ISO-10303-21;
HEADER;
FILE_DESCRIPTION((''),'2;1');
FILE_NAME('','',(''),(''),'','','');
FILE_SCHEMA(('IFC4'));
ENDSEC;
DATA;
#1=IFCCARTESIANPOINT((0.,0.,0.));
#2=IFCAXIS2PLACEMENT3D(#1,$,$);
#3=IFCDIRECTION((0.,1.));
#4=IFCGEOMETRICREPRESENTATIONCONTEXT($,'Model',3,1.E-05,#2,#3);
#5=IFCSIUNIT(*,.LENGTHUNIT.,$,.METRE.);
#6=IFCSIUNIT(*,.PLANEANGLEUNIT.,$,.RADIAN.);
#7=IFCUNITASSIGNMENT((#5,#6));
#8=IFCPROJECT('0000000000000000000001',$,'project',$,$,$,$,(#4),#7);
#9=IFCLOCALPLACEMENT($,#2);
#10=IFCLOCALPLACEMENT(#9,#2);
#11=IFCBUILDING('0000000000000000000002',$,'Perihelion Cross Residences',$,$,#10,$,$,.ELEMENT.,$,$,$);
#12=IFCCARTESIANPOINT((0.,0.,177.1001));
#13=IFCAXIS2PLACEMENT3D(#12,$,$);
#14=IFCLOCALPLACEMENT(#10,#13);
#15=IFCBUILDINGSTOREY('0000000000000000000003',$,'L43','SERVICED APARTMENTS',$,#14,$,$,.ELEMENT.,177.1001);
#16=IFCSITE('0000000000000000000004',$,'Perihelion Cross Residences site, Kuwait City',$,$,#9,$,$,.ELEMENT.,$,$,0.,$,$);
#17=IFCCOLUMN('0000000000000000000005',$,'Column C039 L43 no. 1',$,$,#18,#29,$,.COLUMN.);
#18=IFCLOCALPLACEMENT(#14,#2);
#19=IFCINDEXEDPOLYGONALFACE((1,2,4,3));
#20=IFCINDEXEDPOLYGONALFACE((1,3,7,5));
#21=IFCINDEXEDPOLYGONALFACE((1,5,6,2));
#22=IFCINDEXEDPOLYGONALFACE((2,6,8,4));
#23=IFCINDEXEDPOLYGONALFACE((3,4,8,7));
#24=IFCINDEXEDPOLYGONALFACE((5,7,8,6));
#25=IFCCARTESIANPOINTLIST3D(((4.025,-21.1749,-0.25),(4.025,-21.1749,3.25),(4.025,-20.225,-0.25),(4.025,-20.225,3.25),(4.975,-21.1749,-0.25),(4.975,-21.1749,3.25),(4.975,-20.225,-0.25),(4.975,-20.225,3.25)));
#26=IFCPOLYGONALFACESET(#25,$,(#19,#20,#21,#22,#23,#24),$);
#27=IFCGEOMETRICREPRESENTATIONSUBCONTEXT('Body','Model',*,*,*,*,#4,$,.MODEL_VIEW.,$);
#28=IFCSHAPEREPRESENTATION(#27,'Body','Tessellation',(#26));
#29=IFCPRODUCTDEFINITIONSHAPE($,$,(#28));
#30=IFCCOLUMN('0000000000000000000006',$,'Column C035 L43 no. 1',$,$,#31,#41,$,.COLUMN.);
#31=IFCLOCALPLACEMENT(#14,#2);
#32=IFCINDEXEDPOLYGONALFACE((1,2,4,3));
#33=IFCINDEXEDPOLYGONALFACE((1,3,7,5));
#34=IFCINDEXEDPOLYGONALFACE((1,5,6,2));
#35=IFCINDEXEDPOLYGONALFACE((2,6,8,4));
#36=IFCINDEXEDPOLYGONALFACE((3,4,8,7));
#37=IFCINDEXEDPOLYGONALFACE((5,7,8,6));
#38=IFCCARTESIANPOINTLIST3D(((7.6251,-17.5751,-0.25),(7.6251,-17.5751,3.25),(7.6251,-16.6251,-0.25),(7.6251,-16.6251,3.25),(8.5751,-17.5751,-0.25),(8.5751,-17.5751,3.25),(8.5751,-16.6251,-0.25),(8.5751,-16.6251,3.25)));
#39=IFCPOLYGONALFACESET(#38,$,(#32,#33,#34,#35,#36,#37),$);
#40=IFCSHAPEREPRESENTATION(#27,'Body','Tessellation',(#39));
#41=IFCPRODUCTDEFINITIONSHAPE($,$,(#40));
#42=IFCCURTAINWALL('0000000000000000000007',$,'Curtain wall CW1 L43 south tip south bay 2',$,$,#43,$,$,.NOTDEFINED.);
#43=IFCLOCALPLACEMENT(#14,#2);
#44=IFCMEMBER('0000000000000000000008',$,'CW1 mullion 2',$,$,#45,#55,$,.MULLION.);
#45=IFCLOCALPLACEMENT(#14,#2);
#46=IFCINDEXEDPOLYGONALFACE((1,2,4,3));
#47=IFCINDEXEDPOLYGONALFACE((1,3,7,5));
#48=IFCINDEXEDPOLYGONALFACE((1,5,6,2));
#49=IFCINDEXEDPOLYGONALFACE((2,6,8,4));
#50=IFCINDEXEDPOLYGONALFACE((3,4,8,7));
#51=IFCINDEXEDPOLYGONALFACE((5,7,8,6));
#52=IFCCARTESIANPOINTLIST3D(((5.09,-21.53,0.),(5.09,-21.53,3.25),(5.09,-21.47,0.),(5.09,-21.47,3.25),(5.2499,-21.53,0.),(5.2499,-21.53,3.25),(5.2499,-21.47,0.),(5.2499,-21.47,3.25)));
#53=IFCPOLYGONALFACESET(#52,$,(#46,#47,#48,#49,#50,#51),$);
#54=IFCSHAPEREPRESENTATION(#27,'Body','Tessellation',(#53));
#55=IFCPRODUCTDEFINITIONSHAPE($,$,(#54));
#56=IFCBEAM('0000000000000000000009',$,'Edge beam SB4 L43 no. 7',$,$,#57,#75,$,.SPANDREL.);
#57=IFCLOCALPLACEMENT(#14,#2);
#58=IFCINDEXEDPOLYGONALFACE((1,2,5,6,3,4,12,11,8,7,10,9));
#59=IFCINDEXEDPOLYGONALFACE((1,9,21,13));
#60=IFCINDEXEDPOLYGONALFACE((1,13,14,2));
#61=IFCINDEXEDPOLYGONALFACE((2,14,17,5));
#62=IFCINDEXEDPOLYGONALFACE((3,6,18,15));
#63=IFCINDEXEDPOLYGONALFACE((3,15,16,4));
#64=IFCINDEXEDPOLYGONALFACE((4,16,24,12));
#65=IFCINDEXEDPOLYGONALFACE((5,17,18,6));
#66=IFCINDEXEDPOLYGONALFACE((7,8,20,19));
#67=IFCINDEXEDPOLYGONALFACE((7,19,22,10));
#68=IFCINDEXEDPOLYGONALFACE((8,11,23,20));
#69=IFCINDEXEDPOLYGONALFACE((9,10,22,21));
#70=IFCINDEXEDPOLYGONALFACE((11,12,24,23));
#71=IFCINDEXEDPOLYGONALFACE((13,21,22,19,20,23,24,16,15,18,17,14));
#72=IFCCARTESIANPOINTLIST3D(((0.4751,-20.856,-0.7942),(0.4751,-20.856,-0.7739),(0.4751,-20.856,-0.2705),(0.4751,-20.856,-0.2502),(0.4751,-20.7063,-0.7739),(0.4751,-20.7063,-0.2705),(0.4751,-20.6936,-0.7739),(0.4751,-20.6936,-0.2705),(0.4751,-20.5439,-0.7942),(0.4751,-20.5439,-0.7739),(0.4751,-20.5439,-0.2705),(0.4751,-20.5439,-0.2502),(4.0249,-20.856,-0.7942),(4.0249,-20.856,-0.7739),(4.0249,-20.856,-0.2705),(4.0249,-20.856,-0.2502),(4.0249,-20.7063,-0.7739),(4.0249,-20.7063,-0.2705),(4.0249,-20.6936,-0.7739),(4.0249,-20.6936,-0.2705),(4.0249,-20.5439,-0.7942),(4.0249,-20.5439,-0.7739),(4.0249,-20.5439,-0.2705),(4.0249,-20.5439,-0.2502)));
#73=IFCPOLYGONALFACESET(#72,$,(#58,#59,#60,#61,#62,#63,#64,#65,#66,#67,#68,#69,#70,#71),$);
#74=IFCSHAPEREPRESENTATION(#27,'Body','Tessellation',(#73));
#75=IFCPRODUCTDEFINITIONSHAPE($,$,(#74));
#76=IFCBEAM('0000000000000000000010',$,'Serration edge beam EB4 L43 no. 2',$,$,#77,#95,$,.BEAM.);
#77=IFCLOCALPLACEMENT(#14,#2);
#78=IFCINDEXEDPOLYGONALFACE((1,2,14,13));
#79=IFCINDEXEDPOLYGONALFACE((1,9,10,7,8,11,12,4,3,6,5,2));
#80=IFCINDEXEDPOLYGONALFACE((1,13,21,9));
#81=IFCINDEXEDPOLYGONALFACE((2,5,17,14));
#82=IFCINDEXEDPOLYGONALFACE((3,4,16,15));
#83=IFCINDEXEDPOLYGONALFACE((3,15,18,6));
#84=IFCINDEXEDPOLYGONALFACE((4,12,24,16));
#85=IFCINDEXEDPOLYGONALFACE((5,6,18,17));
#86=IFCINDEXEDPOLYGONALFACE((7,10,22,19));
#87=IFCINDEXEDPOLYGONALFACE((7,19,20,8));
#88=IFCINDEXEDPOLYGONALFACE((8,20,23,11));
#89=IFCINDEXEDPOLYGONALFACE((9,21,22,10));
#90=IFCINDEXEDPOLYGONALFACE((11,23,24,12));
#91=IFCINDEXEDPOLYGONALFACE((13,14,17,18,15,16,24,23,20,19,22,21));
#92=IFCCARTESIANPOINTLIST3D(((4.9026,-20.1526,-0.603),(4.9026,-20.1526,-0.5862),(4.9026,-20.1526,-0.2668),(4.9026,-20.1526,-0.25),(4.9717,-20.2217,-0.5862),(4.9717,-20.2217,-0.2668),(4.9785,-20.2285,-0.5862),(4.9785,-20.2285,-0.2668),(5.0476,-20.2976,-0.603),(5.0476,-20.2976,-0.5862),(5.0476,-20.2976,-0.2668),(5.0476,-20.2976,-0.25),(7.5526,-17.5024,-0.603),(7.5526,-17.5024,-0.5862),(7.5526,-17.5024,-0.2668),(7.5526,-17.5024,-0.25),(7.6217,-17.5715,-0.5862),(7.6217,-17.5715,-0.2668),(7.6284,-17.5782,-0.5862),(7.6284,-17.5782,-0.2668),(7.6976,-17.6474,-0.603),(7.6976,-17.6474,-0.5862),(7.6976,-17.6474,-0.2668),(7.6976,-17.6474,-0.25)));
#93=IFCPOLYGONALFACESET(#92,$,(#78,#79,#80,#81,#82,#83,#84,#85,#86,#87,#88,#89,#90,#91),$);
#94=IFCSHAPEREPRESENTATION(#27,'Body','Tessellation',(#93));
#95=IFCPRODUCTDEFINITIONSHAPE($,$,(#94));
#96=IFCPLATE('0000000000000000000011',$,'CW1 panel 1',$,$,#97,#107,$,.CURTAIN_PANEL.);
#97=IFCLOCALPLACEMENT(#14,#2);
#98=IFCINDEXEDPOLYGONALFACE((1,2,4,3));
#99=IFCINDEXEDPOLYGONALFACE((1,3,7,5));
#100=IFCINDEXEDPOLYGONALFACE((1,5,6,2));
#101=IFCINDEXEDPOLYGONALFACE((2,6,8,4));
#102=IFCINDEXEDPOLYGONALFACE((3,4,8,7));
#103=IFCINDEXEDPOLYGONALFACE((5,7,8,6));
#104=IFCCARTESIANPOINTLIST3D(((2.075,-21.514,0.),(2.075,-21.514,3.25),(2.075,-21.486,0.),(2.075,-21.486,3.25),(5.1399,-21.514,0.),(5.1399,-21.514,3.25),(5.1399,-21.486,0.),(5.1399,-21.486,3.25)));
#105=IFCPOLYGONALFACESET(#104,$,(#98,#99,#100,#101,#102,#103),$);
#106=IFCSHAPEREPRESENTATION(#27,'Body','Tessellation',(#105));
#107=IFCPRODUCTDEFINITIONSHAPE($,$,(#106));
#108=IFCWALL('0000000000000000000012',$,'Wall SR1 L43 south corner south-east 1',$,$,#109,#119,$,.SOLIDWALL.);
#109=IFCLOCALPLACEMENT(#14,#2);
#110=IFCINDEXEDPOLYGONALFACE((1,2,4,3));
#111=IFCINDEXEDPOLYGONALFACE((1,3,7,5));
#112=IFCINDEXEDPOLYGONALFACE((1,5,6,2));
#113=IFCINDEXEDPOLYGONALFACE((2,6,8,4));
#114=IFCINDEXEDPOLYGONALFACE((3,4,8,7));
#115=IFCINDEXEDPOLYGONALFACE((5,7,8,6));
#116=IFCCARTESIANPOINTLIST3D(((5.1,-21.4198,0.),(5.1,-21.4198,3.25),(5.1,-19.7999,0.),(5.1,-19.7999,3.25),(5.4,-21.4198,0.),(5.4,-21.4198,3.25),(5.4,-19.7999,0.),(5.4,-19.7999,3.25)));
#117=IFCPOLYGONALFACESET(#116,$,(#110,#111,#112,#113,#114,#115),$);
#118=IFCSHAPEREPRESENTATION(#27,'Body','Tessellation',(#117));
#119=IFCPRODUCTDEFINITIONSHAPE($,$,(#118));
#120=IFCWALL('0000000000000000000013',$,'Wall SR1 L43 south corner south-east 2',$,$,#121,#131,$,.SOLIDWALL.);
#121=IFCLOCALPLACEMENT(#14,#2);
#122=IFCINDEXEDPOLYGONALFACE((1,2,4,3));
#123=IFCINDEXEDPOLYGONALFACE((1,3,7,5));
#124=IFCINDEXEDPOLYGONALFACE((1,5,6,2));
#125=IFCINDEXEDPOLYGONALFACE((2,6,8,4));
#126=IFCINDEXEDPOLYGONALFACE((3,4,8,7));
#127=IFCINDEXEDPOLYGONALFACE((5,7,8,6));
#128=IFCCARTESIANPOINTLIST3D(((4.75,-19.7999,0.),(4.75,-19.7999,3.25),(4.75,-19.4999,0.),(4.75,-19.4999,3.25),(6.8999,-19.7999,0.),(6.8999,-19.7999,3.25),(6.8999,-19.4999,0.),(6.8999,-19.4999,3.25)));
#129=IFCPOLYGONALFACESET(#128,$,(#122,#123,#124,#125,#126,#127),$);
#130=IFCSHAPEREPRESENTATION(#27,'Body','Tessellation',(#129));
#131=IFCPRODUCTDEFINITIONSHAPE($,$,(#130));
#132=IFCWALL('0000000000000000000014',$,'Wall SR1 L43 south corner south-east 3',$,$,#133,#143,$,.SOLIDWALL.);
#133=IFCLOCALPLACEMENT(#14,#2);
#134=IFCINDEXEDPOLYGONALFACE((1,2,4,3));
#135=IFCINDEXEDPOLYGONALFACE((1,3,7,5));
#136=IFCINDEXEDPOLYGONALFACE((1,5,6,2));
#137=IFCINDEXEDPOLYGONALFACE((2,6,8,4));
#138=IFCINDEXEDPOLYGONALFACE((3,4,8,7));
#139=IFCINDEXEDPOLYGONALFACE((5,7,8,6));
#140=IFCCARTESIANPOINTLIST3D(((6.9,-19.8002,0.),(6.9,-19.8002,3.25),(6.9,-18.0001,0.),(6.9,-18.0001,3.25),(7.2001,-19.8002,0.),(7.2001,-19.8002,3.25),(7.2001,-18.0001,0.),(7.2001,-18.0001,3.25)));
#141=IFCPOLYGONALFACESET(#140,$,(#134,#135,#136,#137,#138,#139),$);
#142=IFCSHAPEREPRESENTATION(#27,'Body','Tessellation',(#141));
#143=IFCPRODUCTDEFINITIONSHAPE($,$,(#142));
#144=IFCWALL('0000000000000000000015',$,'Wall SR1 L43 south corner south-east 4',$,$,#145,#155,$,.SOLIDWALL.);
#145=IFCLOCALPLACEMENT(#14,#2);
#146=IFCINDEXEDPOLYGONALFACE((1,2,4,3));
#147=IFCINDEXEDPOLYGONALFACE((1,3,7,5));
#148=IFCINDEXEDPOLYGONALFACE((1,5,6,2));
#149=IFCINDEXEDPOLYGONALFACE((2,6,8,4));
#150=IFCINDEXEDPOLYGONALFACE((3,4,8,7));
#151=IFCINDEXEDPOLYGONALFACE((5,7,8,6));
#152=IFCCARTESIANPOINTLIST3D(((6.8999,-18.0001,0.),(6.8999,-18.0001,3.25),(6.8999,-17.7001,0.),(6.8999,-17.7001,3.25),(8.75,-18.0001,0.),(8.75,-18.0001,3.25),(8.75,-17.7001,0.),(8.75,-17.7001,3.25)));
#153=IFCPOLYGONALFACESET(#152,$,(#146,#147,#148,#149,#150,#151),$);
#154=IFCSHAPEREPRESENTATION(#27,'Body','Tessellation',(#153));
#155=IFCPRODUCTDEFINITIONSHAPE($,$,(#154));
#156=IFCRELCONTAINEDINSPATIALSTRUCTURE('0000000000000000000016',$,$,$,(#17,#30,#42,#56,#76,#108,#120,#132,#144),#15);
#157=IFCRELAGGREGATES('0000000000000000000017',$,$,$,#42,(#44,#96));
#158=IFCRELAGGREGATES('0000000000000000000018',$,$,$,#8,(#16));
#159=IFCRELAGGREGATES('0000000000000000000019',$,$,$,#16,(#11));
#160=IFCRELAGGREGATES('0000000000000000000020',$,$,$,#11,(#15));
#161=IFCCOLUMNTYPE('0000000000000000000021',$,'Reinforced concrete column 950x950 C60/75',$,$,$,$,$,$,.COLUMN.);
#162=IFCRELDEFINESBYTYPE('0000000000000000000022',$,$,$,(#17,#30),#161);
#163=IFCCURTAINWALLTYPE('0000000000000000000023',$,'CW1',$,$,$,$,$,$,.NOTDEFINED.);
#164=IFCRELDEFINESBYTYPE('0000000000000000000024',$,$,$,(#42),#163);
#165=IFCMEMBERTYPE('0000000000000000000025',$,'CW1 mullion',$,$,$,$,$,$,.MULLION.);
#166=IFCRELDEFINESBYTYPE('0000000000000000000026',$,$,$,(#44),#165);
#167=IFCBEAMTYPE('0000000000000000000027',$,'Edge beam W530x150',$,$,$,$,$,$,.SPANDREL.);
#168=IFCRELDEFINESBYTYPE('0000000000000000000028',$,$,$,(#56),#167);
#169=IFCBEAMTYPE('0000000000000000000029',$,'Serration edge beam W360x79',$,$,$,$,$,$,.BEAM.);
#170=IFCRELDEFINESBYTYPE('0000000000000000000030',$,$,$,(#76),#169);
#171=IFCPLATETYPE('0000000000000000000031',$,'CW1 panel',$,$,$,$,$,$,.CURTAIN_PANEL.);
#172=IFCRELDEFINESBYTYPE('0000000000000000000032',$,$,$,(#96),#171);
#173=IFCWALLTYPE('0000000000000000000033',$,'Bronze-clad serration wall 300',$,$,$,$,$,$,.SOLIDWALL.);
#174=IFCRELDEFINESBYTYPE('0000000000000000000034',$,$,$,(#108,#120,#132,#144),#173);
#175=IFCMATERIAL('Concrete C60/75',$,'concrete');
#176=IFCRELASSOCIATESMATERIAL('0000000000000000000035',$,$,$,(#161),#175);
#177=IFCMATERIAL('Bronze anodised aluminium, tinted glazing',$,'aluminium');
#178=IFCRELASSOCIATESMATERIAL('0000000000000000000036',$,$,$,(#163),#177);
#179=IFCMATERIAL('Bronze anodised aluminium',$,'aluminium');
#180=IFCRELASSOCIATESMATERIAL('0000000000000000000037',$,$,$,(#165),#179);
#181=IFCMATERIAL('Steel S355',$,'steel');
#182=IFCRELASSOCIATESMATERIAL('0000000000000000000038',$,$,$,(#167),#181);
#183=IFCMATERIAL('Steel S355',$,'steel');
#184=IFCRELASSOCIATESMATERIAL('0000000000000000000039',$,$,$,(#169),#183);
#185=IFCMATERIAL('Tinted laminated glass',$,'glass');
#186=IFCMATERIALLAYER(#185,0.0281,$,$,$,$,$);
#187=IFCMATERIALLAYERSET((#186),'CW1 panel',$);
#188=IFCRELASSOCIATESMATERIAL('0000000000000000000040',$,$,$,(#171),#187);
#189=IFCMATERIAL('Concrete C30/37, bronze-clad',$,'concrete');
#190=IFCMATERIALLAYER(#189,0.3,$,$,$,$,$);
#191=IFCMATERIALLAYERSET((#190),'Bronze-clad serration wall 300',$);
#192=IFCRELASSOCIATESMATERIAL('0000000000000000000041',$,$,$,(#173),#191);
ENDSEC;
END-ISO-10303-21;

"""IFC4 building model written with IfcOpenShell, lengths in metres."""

from ifc_helpers import new_model, si_unit, direction, frame, frame_2d, origin, origin_2d, place, context, subcontext, project, spatial, rectangle, i_section, extrude, material, layer, layer_set, material_profile, profile_set, type_object, element, aggregate, save


model = new_model("IFC4")

# Units and contexts
model_context = context("Model", 3, precision=1e-05, world=origin(), true_north=direction((0.0, 1.0)))
body_context = subcontext(model_context, "Body", "Model", "MODEL_VIEW")
ifc_project = project(units=[si_unit("LENGTHUNIT", "METRE"), si_unit("PLANEANGLEUNIT", "RADIAN")], contexts=[model_context])

# Site, building, storey
site_placement = place(None, origin())
site = spatial("IfcSite", under=ifc_project, at=site_placement, Name="Perihelion Cross Residences site, Kuwait City", CompositionType="ELEMENT", RefElevation=0.0)
building_placement = place(site_placement, origin())
building = spatial("IfcBuilding", under=site, at=building_placement, Name="Perihelion Cross Residences", CompositionType="ELEMENT")
storey_placement = place(building_placement, frame((0.0, 0.0, 177.1001)))
storey = spatial("IfcBuildingStorey", under=building, at=storey_placement, Name="L43", Description="SERVICED APARTMENTS", CompositionType="ELEMENT", Elevation=177.1001)

# Columns
ifc_material_1 = material(Name="Concrete C60/75", Category="concrete")
ifc_material_profile_1 = material_profile(ifc_material_1, rectangle(XDim=0.95, YDim=0.95, at=origin_2d()), Name="RC 950x950")
ifc_profile_set_1 = profile_set([ifc_material_profile_1], Name="Concrete C60/75")
column_type = type_object("IfcColumnType", Name="Reinforced concrete column 950x950 C60/75", PredefinedType="COLUMN", material=ifc_profile_set_1)
for number, where, z_axis, x_axis, name in (
    (1, (4.5, -20.7, -0.25), (0.0, 0.0, 1.0), (1.0, 0.0, 0.0), "Column C039 L43 no. 1"),
    (2, (8.1001, -17.1001, -0.25), (0.0, 0.0, 1.0), (1.0, 0.0, 0.0), "Column C035 L43 no. 1"),
):
    element("IfcColumn", number, at=place(storey_placement, frame(where, z_axis=z_axis, x_axis=x_axis)), inside=storey, type_object=column_type, Name=name, PredefinedType="COLUMN", context=body_context, shape_type="SweptSolid", body=[
        extrude(rectangle(XDim=0.95, YDim=0.95, at=origin_2d()), origin(), (0.0, 0.0, 1.0), 3.5),
    ])

# Curtain wall, member
ifc_material_2 = material(Name="Bronze anodised aluminium, tinted glazing", Category="aluminium")
curtain_wall_type = type_object("IfcCurtainWallType", Name="CW1", PredefinedType="NOTDEFINED", material=ifc_material_2)
curtain_wall_placement = place(storey_placement, origin())
curtain_wall = element("IfcCurtainWall", 3, at=curtain_wall_placement, inside=storey, type_object=curtain_wall_type, Name="Curtain wall CW1 L43 south tip south bay 2", PredefinedType="NOTDEFINED")
ifc_material_3 = material(Name="Bronze anodised aluminium", Category="aluminium")
ifc_material_profile_2 = material_profile(ifc_material_3, rectangle(XDim=0.0601, YDim=0.1599, at=origin_2d()), Name="CW1 mullion")
ifc_profile_set_2 = profile_set([ifc_material_profile_2], Name="Bronze anodised aluminium")
member_type = type_object("IfcMemberType", Name="CW1 mullion", PredefinedType="MULLION", material=ifc_profile_set_2)
member_placement = place(storey_placement, frame((5.1699, -21.5, 0.0), z_axis=(0.0, 0.0, 1.0), x_axis=(0.0, 1.0, 0.0)))
member = element("IfcMember", 4, at=member_placement, type_object=member_type, Name="CW1 mullion 2", PredefinedType="MULLION", context=body_context, shape_type="SweptSolid", body=[
    extrude(rectangle(XDim=0.0601, YDim=0.1599, at=origin_2d()), origin(), (0.0, 0.0, 1.0), 3.25),
])

# Beams
ifc_material_4 = material(Name="Steel S355", Category="steel")
ifc_material_profile_3 = material_profile(ifc_material_4, i_section(OverallWidth=0.312, OverallDepth=0.5439, WebThickness=0.0127, FlangeThickness=0.0203, at=origin_2d()), Name="W530x150")
ifc_profile_set_3 = profile_set([ifc_material_profile_3], Name="Steel S355")
beam_type_1 = type_object("IfcBeamType", Name="Edge beam W530x150", PredefinedType="SPANDREL", material=ifc_profile_set_3)
beam_1_placement = place(storey_placement, frame((0.4751, -20.7, -0.5222), z_axis=(1.0, 0.0, 0.0), x_axis=(0.0, 1.0, 0.0)))
element("IfcBeam", 5, at=beam_1_placement, inside=storey, type_object=beam_type_1, Name="Edge beam SB4 L43 no. 7", PredefinedType="SPANDREL", context=body_context, shape_type="SweptSolid", body=[
    extrude(i_section(OverallWidth=0.312, OverallDepth=0.5439, WebThickness=0.0127, FlangeThickness=0.0203, at=origin_2d()), origin(), (0.0, 0.0, 1.0), 3.5498),
])
ifc_material_5 = material(Name="Steel S355", Category="steel")
ifc_material_profile_4 = material_profile(ifc_material_5, i_section(OverallWidth=0.2051, OverallDepth=0.353, WebThickness=0.0095, FlangeThickness=0.0168, at=origin_2d()), Name="W360x79")
ifc_profile_set_4 = profile_set([ifc_material_profile_4], Name="Steel S355")
beam_type_2 = type_object("IfcBeamType", Name="Serration edge beam W360x79", PredefinedType="BEAM", material=ifc_profile_set_4)
beam_2_placement = place(storey_placement, frame((4.9751, -20.2251, -0.4265), z_axis=(0.707074, 0.707139, 0.0), x_axis=(-0.707139, 0.707074, 0.0)))
element("IfcBeam", 6, at=beam_2_placement, inside=storey, type_object=beam_type_2, Name="Serration edge beam EB4 L43 no. 2", PredefinedType="BEAM", context=body_context, shape_type="SweptSolid", body=[
    extrude(i_section(OverallWidth=0.2051, OverallDepth=0.353, WebThickness=0.0095, FlangeThickness=0.0168, at=origin_2d()), origin(), (0.0, 0.0, 1.0), 3.7478),
])

# Plate
ifc_material_6 = material(Name="Tinted laminated glass", Category="glass")
ifc_layer_1 = layer(ifc_material_6, 0.0281)
ifc_layer_set_1 = layer_set([ifc_layer_1], Name="CW1 panel")
plate_type = type_object("IfcPlateType", Name="CW1 panel", PredefinedType="CURTAIN_PANEL", material=ifc_layer_set_1)
plate_placement = place(storey_placement, frame((3.6074, -21.5, 0.0), z_axis=(0.0, 0.0, 1.0), x_axis=(1.0, 0.0, 0.0)))
plate = element("IfcPlate", 7, at=plate_placement, type_object=plate_type, Name="CW1 panel 1", PredefinedType="CURTAIN_PANEL", context=body_context, shape_type="SweptSolid", body=[
    extrude(rectangle(XDim=3.0649, YDim=0.0281, at=origin_2d()), origin(), (0.0, 0.0, 1.0), 3.25),
])
aggregate(curtain_wall, [member, plate])

# Walls
ifc_material_7 = material(Name="Concrete C30/37, bronze-clad", Category="concrete")
ifc_layer_2 = layer(ifc_material_7, 0.3)
ifc_layer_set_2 = layer_set([ifc_layer_2], Name="Bronze-clad serration wall 300")
wall_type_1 = type_object("IfcWallType", Name="Bronze-clad serration wall 300", PredefinedType="SOLIDWALL", material=ifc_layer_set_2)
wall_1_placement = place(storey_placement, frame((5.25, -21.4199, 0.0), z_axis=(0.0, 0.0, 1.0), x_axis=(0.0, 1.0, 0.0)))
element("IfcWall", 8, at=wall_1_placement, inside=storey, type_object=wall_type_1, Name="Wall SR1 L43 south corner south-east 1", PredefinedType="SOLIDWALL", context=body_context, shape_type="SweptSolid", body=[
    extrude(rectangle(XDim=1.6199, YDim=0.3, at=frame_2d((0.8101, 0.0))), origin(), (0.0, 0.0, 1.0), 3.25),
])
wall_2_placement = place(storey_placement, frame((4.75, -19.6499, 0.0), z_axis=(0.0, 0.0, 1.0), x_axis=(1.0, 0.0, 0.0)))
element("IfcWall", 9, at=wall_2_placement, inside=storey, type_object=wall_type_1, Name="Wall SR1 L43 south corner south-east 2", PredefinedType="SOLIDWALL", context=body_context, shape_type="SweptSolid", body=[
    extrude(rectangle(XDim=2.1499, YDim=0.3, at=frame_2d((1.075, 0.0))), origin(), (0.0, 0.0, 1.0), 3.25),
])
wall_3_placement = place(storey_placement, frame((7.05, -19.8, 0.0), z_axis=(0.0, 0.0, 1.0), x_axis=(0.0, 1.0, 0.0)))
element("IfcWall", 10, at=wall_3_placement, inside=storey, type_object=wall_type_1, Name="Wall SR1 L43 south corner south-east 3", PredefinedType="SOLIDWALL", context=body_context, shape_type="SweptSolid", body=[
    extrude(rectangle(XDim=1.8, YDim=0.3, at=frame_2d((0.8999, 0.0))), origin(), (0.0, 0.0, 1.0), 3.25),
])
wall_4_placement = place(storey_placement, frame((6.8999, -17.8501, 0.0), z_axis=(0.0, 0.0, 1.0), x_axis=(1.0, 0.0, 0.0)))
element("IfcWall", 11, at=wall_4_placement, inside=storey, type_object=wall_type_1, Name="Wall SR1 L43 south corner south-east 4", PredefinedType="SOLIDWALL", context=body_context, shape_type="SweptSolid", body=[
    extrude(rectangle(XDim=1.8501, YDim=0.3, at=frame_2d((0.925, 0.0))), origin(), (0.0, 0.0, 1.0), 3.25),
])

save(model, "model.ifc")
